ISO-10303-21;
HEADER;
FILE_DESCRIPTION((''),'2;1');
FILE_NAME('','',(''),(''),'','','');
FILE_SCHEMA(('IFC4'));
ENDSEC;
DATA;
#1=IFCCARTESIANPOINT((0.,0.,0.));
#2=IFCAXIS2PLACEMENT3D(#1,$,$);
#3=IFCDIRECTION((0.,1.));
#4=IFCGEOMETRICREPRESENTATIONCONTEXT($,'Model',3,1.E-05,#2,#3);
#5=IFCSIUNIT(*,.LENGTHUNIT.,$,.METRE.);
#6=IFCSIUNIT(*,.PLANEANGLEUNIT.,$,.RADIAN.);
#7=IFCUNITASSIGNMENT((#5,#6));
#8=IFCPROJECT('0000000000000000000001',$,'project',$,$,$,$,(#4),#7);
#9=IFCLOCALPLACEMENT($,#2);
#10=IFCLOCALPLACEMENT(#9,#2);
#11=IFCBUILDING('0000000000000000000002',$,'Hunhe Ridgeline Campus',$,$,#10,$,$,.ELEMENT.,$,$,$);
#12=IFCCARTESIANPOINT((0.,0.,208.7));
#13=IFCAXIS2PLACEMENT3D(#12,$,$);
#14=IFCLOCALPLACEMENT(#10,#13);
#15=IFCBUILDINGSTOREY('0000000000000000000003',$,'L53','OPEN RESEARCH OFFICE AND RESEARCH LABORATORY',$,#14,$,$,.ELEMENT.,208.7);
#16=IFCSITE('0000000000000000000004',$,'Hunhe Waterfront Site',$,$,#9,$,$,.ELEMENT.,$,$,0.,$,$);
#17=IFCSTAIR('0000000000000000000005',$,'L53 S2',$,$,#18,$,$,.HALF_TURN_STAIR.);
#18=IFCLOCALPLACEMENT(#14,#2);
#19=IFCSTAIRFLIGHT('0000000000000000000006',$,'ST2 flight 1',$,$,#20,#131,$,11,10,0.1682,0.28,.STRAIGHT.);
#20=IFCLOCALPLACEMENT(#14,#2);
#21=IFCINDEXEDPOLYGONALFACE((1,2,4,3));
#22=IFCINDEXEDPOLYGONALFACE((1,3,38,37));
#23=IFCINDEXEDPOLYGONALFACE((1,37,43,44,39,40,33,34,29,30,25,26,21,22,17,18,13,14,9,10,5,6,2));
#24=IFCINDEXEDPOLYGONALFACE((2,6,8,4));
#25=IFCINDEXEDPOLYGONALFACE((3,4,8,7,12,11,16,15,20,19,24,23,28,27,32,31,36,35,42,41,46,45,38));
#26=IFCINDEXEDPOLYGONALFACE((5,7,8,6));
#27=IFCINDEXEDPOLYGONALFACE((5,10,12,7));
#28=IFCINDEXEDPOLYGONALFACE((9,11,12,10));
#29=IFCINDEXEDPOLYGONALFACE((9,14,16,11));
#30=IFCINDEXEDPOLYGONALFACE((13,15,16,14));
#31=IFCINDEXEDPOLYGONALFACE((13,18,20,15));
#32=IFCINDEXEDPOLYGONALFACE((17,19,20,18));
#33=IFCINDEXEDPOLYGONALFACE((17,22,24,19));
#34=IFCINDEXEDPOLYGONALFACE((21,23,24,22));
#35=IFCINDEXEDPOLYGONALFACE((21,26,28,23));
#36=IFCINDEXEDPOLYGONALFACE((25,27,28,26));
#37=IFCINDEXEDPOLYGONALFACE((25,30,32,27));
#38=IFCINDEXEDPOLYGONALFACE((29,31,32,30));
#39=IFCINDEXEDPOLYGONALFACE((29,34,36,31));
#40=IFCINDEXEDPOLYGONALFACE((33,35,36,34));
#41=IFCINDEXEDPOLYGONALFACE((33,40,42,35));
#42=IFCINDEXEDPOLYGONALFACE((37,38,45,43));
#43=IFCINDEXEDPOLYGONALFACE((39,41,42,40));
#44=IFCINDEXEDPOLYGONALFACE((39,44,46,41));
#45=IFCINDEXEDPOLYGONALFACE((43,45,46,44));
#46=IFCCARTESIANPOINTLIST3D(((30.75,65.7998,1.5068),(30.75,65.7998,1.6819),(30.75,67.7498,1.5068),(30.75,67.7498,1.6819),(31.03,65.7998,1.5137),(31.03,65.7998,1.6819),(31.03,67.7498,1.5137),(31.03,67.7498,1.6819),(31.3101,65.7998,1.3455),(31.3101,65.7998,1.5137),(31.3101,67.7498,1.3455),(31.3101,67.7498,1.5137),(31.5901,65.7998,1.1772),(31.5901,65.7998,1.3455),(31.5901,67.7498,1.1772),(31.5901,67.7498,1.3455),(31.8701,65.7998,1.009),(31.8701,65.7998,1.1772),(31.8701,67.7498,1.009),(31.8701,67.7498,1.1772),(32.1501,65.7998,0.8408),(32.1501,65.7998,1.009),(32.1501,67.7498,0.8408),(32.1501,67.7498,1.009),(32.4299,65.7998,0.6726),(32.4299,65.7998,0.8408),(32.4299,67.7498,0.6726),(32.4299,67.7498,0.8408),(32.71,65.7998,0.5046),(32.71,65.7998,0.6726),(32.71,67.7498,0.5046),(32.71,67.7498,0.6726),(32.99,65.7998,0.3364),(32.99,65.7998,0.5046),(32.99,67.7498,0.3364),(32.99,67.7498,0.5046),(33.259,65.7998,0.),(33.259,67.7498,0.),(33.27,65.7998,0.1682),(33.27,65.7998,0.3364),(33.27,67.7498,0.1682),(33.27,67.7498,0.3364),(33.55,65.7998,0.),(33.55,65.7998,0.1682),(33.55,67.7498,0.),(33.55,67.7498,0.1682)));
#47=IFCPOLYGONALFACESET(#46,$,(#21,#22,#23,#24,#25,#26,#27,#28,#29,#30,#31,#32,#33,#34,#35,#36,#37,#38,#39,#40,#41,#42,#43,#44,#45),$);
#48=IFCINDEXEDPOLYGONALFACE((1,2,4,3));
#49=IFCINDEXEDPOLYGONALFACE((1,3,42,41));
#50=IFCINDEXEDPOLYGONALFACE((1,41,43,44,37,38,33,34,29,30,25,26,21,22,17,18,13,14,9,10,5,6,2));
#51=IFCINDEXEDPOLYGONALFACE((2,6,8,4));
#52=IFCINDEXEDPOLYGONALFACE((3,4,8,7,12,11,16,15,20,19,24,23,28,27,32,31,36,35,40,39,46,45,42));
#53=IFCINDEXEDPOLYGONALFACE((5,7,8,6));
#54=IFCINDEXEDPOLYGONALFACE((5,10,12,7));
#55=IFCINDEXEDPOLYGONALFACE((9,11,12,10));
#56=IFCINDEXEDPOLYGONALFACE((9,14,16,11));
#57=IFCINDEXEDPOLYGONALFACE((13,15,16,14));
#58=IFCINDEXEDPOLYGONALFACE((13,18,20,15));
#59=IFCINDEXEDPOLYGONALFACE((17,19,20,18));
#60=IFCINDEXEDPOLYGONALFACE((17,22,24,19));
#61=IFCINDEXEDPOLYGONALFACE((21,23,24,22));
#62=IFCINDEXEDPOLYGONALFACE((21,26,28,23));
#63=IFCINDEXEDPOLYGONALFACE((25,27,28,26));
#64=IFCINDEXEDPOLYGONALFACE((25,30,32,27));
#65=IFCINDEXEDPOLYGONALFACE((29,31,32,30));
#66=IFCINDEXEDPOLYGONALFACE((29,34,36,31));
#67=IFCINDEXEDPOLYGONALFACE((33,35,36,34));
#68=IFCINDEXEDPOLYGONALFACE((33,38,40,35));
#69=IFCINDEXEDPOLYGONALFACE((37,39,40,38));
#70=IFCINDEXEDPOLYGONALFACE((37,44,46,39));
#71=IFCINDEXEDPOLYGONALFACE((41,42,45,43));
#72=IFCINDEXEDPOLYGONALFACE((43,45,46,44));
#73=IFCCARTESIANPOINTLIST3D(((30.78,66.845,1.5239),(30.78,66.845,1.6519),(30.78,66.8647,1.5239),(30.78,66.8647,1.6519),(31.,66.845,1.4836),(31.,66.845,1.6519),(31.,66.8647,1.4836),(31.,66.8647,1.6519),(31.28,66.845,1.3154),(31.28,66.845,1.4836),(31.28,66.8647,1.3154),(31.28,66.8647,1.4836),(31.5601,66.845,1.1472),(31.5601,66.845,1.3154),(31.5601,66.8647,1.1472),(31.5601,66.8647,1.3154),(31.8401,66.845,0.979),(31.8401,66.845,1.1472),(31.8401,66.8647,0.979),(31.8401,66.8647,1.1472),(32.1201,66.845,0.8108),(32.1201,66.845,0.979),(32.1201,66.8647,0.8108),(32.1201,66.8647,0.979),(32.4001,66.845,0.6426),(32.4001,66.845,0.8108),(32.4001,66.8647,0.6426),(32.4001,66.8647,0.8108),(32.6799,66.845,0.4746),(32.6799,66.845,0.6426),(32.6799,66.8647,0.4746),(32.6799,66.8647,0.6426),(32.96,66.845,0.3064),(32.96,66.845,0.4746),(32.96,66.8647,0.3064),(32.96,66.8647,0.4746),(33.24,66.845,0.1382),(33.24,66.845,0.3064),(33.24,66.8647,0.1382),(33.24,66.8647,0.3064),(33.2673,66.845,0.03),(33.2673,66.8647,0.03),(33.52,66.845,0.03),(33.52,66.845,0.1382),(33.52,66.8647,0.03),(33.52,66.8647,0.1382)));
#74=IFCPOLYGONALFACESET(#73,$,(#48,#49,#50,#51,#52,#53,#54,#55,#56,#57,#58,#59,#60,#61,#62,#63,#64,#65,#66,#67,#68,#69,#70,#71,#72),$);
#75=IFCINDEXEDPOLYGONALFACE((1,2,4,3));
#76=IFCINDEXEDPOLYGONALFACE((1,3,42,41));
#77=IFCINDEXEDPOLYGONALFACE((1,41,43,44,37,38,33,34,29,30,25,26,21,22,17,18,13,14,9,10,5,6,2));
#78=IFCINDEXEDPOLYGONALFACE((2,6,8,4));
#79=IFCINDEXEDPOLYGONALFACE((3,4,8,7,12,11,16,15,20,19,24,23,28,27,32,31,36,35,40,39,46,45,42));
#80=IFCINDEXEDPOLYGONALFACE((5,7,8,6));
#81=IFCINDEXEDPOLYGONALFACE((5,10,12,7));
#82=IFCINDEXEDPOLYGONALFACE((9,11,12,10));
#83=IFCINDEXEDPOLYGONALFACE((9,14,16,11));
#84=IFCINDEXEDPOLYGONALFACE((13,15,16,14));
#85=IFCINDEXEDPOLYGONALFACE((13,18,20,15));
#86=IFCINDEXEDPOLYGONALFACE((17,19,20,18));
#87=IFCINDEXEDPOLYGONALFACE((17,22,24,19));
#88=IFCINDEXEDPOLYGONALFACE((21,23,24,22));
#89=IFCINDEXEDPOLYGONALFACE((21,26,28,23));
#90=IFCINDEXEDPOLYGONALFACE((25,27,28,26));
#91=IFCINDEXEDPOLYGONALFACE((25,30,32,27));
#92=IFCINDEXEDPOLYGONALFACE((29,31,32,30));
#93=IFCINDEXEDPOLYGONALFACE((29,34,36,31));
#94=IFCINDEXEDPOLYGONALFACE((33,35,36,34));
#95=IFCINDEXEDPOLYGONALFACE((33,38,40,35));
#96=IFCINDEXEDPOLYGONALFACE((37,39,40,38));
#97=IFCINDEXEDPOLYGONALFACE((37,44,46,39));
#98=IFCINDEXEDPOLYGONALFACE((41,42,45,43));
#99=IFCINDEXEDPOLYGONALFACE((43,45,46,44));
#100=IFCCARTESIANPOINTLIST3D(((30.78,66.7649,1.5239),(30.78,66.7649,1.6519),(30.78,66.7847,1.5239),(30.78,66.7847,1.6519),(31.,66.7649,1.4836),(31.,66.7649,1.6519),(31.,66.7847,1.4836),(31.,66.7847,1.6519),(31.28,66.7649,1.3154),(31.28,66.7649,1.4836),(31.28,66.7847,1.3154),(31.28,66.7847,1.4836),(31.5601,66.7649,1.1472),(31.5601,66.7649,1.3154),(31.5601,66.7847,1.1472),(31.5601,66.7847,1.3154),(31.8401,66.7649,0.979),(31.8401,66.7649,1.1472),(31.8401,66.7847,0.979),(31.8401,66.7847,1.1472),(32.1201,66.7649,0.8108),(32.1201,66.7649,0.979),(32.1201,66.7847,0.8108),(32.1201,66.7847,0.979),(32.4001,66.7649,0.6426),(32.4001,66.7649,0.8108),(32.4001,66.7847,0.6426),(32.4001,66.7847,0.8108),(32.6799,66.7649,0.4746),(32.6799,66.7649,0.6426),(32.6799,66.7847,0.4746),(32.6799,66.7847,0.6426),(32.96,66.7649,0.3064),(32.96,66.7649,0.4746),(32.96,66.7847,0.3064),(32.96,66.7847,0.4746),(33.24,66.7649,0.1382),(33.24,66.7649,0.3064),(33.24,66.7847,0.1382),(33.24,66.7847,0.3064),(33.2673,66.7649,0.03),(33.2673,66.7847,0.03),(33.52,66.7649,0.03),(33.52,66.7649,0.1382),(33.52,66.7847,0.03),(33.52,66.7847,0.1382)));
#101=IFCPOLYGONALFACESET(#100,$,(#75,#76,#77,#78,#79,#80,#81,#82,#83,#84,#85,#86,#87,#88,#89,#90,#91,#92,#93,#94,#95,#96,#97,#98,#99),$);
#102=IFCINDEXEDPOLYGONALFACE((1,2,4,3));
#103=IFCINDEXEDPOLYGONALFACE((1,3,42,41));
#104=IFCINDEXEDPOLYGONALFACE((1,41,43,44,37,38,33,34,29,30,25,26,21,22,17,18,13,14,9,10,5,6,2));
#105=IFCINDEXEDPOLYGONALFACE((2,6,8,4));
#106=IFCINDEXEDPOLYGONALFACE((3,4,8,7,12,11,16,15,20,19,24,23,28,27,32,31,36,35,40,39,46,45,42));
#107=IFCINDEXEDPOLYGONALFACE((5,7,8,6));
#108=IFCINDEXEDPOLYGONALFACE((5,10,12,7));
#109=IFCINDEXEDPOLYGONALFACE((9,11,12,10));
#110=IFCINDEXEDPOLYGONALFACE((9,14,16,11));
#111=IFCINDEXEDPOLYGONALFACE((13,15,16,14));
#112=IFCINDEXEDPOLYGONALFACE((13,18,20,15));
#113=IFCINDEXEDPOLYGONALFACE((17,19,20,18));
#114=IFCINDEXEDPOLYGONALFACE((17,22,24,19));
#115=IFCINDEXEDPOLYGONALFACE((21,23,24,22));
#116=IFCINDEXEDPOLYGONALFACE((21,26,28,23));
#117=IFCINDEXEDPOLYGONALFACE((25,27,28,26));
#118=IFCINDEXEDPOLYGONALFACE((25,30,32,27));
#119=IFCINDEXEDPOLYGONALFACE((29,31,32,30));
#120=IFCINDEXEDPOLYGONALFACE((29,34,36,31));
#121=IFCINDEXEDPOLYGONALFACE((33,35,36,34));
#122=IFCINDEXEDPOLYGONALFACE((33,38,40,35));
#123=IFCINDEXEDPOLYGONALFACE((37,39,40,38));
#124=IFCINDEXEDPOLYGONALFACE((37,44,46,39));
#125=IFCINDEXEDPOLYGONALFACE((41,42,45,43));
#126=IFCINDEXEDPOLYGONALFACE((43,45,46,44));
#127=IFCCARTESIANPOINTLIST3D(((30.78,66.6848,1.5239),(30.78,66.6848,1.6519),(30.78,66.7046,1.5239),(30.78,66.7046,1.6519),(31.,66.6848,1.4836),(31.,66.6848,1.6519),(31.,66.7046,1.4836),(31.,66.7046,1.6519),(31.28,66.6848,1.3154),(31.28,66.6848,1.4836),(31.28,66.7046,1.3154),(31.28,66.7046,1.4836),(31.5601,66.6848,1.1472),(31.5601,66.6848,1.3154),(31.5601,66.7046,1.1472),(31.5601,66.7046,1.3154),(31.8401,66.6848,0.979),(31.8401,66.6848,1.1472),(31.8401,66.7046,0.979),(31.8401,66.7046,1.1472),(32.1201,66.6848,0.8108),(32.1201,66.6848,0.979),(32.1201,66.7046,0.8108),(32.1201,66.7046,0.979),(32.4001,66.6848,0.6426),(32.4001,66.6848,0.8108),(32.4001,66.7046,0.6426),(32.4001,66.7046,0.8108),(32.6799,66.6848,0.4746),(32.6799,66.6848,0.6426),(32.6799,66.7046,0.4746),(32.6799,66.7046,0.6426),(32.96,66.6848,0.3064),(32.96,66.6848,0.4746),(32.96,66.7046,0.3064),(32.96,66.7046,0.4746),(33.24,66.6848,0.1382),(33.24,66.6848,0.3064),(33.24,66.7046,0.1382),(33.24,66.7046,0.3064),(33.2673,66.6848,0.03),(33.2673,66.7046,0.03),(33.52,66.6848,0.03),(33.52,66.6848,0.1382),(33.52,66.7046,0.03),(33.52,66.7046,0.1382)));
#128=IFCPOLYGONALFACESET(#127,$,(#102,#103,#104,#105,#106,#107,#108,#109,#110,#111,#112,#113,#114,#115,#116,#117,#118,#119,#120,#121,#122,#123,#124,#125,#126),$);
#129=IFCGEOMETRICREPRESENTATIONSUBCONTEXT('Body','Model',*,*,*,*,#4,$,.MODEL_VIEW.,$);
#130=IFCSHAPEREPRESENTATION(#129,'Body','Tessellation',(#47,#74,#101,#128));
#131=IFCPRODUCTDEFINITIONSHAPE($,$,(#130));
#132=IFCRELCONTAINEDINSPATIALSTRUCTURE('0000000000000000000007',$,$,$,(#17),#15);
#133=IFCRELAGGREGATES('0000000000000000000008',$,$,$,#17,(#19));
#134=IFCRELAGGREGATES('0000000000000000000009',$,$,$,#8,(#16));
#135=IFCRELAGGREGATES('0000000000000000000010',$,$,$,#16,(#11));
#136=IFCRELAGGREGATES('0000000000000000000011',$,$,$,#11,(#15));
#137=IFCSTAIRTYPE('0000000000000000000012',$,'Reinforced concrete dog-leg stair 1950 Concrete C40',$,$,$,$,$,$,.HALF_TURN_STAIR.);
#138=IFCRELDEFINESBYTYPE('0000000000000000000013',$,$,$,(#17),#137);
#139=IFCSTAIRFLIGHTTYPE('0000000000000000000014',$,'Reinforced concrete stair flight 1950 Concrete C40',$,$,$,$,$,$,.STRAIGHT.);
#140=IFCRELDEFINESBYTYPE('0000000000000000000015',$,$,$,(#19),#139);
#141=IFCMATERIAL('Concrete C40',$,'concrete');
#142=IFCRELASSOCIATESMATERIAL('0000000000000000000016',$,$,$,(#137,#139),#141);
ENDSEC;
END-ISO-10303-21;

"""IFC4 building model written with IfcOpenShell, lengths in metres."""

from ifc_helpers import new_model, si_unit, direction, frame, origin, place, context, subcontext, project, spatial, polyline, outline, extrude, material, type_object, element, aggregate, save


model = new_model("IFC4")

# Units and contexts
model_context = context("Model", 3, precision=1e-05, world=origin(), true_north=direction((0.0, 1.0)))
body_context = subcontext(model_context, "Body", "Model", "MODEL_VIEW")
ifc_project = project(units=[si_unit("LENGTHUNIT", "METRE"), si_unit("PLANEANGLEUNIT", "RADIAN")], contexts=[model_context])

# Site, building, storey
site_placement = place(None, origin())
site = spatial("IfcSite", under=ifc_project, at=site_placement, Name="Hunhe Waterfront Site", CompositionType="ELEMENT", RefElevation=0.0)
building_placement = place(site_placement, origin())
building = spatial("IfcBuilding", under=site, at=building_placement, Name="Hunhe Ridgeline Campus", CompositionType="ELEMENT")
storey_placement = place(building_placement, frame((0.0, 0.0, 208.7)))
storey = spatial("IfcBuildingStorey", under=building, at=storey_placement, Name="L53", Description="OPEN RESEARCH OFFICE AND RESEARCH LABORATORY", CompositionType="ELEMENT", Elevation=208.7)

# Stair, stair flight
ifc_material_1 = material(Name="Concrete C40", Category="concrete")
stair_type = type_object("IfcStairType", Name="Reinforced concrete dog-leg stair 1950 Concrete C40", PredefinedType="HALF_TURN_STAIR", material=ifc_material_1)
stair_placement = place(storey_placement, origin())
stair = element("IfcStair", 1, at=stair_placement, inside=storey, type_object=stair_type, Name="L53 S2", PredefinedType="HALF_TURN_STAIR")
stair_flight_type = type_object("IfcStairFlightType", Name="Reinforced concrete stair flight 1950 Concrete C40", PredefinedType="STRAIGHT", material=ifc_material_1)
stair_flight_1_placement = place(storey_placement, frame((33.55, 66.7749, 0.0), z_axis=(0.0, 0.0, 1.0), x_axis=(-1.0, 0.0, 0.0)))
stair_flight_1 = element("IfcStairFlight", 2, at=stair_flight_1_placement, type_object=stair_flight_type, Name="ST2 flight 1", NumberOfRisers=11, NumberOfTreads=10, PredefinedType="STRAIGHT", RiserHeight=0.1682, TreadLength=0.28, context=body_context, shape_type="SweptSolid", body=[
    extrude(outline(polyline([(0.0, 0.0), (0.0, 0.1682), (0.28, 0.1682), (0.28, 0.3364), (0.5601, 0.3364), (0.5601, 0.5046), (0.8401, 0.5046), (0.8401, 0.6726), (1.1201, 0.6726), (1.1201, 0.8408), (1.3999, 0.8408), (1.3999, 1.009), (1.6799, 1.009), (1.6799, 1.1772), (1.96, 1.1772), (1.96, 1.3455), (2.24, 1.3455), (2.24, 1.5137), (2.52, 1.5137), (2.52, 1.6819), (2.8, 1.6819), (2.8, 1.8501), (2.8, 1.5068), (0.291, 0.0), (0.0, 0.0)])), frame((0.0, 0.9751, 0.0), z_axis=(0.0, -1.0, 0.0), x_axis=(1.0, 0.0, 0.0)), (0.0, 0.0, 1.0), 1.95),
    extrude(outline(polyline([(0.03, 0.03), (0.03, 0.1382), (0.3101, 0.1382), (0.3101, 0.3064), (0.5901, 0.3064), (0.5901, 0.4746), (0.8701, 0.4746), (0.8701, 0.6426), (1.1499, 0.6426), (1.1499, 0.8108), (1.4299, 0.8108), (1.4299, 0.979), (1.71, 0.979), (1.71, 1.1472), (1.99, 1.1472), (1.99, 1.3154), (2.27, 1.3154), (2.27, 1.4836), (2.55, 1.4836), (2.55, 1.6519), (2.77, 1.6519), (2.77, 1.5239), (0.2827, 0.03), (0.03, 0.03)])), frame((0.0, -0.0701, 0.0), z_axis=(0.0, -1.0, 0.0), x_axis=(1.0, 0.0, 0.0)), (0.0, 0.0, 1.0), 0.0198),
    extrude(outline(polyline([(0.03, 0.03), (0.03, 0.1382), (0.3101, 0.1382), (0.3101, 0.3064), (0.5901, 0.3064), (0.5901, 0.4746), (0.8701, 0.4746), (0.8701, 0.6426), (1.1499, 0.6426), (1.1499, 0.8108), (1.4299, 0.8108), (1.4299, 0.979), (1.71, 0.979), (1.71, 1.1472), (1.99, 1.1472), (1.99, 1.3154), (2.27, 1.3154), (2.27, 1.4836), (2.55, 1.4836), (2.55, 1.6519), (2.77, 1.6519), (2.77, 1.5239), (0.2827, 0.03), (0.03, 0.03)])), frame((0.0, 0.01, 0.0), z_axis=(0.0, -1.0, 0.0), x_axis=(1.0, 0.0, 0.0)), (0.0, 0.0, 1.0), 0.0198),
    extrude(outline(polyline([(0.03, 0.03), (0.03, 0.1382), (0.3101, 0.1382), (0.3101, 0.3064), (0.5901, 0.3064), (0.5901, 0.4746), (0.8701, 0.4746), (0.8701, 0.6426), (1.1499, 0.6426), (1.1499, 0.8108), (1.4299, 0.8108), (1.4299, 0.979), (1.71, 0.979), (1.71, 1.1472), (1.99, 1.1472), (1.99, 1.3154), (2.27, 1.3154), (2.27, 1.4836), (2.55, 1.4836), (2.55, 1.6519), (2.77, 1.6519), (2.77, 1.5239), (0.2827, 0.03), (0.03, 0.03)])), frame((0.0, 0.0901, 0.0), z_axis=(0.0, -1.0, 0.0), x_axis=(1.0, 0.0, 0.0)), (0.0, 0.0, 1.0), 0.0198),
])
aggregate(stair, [stair_flight_1])

save(model, "model.ifc")
